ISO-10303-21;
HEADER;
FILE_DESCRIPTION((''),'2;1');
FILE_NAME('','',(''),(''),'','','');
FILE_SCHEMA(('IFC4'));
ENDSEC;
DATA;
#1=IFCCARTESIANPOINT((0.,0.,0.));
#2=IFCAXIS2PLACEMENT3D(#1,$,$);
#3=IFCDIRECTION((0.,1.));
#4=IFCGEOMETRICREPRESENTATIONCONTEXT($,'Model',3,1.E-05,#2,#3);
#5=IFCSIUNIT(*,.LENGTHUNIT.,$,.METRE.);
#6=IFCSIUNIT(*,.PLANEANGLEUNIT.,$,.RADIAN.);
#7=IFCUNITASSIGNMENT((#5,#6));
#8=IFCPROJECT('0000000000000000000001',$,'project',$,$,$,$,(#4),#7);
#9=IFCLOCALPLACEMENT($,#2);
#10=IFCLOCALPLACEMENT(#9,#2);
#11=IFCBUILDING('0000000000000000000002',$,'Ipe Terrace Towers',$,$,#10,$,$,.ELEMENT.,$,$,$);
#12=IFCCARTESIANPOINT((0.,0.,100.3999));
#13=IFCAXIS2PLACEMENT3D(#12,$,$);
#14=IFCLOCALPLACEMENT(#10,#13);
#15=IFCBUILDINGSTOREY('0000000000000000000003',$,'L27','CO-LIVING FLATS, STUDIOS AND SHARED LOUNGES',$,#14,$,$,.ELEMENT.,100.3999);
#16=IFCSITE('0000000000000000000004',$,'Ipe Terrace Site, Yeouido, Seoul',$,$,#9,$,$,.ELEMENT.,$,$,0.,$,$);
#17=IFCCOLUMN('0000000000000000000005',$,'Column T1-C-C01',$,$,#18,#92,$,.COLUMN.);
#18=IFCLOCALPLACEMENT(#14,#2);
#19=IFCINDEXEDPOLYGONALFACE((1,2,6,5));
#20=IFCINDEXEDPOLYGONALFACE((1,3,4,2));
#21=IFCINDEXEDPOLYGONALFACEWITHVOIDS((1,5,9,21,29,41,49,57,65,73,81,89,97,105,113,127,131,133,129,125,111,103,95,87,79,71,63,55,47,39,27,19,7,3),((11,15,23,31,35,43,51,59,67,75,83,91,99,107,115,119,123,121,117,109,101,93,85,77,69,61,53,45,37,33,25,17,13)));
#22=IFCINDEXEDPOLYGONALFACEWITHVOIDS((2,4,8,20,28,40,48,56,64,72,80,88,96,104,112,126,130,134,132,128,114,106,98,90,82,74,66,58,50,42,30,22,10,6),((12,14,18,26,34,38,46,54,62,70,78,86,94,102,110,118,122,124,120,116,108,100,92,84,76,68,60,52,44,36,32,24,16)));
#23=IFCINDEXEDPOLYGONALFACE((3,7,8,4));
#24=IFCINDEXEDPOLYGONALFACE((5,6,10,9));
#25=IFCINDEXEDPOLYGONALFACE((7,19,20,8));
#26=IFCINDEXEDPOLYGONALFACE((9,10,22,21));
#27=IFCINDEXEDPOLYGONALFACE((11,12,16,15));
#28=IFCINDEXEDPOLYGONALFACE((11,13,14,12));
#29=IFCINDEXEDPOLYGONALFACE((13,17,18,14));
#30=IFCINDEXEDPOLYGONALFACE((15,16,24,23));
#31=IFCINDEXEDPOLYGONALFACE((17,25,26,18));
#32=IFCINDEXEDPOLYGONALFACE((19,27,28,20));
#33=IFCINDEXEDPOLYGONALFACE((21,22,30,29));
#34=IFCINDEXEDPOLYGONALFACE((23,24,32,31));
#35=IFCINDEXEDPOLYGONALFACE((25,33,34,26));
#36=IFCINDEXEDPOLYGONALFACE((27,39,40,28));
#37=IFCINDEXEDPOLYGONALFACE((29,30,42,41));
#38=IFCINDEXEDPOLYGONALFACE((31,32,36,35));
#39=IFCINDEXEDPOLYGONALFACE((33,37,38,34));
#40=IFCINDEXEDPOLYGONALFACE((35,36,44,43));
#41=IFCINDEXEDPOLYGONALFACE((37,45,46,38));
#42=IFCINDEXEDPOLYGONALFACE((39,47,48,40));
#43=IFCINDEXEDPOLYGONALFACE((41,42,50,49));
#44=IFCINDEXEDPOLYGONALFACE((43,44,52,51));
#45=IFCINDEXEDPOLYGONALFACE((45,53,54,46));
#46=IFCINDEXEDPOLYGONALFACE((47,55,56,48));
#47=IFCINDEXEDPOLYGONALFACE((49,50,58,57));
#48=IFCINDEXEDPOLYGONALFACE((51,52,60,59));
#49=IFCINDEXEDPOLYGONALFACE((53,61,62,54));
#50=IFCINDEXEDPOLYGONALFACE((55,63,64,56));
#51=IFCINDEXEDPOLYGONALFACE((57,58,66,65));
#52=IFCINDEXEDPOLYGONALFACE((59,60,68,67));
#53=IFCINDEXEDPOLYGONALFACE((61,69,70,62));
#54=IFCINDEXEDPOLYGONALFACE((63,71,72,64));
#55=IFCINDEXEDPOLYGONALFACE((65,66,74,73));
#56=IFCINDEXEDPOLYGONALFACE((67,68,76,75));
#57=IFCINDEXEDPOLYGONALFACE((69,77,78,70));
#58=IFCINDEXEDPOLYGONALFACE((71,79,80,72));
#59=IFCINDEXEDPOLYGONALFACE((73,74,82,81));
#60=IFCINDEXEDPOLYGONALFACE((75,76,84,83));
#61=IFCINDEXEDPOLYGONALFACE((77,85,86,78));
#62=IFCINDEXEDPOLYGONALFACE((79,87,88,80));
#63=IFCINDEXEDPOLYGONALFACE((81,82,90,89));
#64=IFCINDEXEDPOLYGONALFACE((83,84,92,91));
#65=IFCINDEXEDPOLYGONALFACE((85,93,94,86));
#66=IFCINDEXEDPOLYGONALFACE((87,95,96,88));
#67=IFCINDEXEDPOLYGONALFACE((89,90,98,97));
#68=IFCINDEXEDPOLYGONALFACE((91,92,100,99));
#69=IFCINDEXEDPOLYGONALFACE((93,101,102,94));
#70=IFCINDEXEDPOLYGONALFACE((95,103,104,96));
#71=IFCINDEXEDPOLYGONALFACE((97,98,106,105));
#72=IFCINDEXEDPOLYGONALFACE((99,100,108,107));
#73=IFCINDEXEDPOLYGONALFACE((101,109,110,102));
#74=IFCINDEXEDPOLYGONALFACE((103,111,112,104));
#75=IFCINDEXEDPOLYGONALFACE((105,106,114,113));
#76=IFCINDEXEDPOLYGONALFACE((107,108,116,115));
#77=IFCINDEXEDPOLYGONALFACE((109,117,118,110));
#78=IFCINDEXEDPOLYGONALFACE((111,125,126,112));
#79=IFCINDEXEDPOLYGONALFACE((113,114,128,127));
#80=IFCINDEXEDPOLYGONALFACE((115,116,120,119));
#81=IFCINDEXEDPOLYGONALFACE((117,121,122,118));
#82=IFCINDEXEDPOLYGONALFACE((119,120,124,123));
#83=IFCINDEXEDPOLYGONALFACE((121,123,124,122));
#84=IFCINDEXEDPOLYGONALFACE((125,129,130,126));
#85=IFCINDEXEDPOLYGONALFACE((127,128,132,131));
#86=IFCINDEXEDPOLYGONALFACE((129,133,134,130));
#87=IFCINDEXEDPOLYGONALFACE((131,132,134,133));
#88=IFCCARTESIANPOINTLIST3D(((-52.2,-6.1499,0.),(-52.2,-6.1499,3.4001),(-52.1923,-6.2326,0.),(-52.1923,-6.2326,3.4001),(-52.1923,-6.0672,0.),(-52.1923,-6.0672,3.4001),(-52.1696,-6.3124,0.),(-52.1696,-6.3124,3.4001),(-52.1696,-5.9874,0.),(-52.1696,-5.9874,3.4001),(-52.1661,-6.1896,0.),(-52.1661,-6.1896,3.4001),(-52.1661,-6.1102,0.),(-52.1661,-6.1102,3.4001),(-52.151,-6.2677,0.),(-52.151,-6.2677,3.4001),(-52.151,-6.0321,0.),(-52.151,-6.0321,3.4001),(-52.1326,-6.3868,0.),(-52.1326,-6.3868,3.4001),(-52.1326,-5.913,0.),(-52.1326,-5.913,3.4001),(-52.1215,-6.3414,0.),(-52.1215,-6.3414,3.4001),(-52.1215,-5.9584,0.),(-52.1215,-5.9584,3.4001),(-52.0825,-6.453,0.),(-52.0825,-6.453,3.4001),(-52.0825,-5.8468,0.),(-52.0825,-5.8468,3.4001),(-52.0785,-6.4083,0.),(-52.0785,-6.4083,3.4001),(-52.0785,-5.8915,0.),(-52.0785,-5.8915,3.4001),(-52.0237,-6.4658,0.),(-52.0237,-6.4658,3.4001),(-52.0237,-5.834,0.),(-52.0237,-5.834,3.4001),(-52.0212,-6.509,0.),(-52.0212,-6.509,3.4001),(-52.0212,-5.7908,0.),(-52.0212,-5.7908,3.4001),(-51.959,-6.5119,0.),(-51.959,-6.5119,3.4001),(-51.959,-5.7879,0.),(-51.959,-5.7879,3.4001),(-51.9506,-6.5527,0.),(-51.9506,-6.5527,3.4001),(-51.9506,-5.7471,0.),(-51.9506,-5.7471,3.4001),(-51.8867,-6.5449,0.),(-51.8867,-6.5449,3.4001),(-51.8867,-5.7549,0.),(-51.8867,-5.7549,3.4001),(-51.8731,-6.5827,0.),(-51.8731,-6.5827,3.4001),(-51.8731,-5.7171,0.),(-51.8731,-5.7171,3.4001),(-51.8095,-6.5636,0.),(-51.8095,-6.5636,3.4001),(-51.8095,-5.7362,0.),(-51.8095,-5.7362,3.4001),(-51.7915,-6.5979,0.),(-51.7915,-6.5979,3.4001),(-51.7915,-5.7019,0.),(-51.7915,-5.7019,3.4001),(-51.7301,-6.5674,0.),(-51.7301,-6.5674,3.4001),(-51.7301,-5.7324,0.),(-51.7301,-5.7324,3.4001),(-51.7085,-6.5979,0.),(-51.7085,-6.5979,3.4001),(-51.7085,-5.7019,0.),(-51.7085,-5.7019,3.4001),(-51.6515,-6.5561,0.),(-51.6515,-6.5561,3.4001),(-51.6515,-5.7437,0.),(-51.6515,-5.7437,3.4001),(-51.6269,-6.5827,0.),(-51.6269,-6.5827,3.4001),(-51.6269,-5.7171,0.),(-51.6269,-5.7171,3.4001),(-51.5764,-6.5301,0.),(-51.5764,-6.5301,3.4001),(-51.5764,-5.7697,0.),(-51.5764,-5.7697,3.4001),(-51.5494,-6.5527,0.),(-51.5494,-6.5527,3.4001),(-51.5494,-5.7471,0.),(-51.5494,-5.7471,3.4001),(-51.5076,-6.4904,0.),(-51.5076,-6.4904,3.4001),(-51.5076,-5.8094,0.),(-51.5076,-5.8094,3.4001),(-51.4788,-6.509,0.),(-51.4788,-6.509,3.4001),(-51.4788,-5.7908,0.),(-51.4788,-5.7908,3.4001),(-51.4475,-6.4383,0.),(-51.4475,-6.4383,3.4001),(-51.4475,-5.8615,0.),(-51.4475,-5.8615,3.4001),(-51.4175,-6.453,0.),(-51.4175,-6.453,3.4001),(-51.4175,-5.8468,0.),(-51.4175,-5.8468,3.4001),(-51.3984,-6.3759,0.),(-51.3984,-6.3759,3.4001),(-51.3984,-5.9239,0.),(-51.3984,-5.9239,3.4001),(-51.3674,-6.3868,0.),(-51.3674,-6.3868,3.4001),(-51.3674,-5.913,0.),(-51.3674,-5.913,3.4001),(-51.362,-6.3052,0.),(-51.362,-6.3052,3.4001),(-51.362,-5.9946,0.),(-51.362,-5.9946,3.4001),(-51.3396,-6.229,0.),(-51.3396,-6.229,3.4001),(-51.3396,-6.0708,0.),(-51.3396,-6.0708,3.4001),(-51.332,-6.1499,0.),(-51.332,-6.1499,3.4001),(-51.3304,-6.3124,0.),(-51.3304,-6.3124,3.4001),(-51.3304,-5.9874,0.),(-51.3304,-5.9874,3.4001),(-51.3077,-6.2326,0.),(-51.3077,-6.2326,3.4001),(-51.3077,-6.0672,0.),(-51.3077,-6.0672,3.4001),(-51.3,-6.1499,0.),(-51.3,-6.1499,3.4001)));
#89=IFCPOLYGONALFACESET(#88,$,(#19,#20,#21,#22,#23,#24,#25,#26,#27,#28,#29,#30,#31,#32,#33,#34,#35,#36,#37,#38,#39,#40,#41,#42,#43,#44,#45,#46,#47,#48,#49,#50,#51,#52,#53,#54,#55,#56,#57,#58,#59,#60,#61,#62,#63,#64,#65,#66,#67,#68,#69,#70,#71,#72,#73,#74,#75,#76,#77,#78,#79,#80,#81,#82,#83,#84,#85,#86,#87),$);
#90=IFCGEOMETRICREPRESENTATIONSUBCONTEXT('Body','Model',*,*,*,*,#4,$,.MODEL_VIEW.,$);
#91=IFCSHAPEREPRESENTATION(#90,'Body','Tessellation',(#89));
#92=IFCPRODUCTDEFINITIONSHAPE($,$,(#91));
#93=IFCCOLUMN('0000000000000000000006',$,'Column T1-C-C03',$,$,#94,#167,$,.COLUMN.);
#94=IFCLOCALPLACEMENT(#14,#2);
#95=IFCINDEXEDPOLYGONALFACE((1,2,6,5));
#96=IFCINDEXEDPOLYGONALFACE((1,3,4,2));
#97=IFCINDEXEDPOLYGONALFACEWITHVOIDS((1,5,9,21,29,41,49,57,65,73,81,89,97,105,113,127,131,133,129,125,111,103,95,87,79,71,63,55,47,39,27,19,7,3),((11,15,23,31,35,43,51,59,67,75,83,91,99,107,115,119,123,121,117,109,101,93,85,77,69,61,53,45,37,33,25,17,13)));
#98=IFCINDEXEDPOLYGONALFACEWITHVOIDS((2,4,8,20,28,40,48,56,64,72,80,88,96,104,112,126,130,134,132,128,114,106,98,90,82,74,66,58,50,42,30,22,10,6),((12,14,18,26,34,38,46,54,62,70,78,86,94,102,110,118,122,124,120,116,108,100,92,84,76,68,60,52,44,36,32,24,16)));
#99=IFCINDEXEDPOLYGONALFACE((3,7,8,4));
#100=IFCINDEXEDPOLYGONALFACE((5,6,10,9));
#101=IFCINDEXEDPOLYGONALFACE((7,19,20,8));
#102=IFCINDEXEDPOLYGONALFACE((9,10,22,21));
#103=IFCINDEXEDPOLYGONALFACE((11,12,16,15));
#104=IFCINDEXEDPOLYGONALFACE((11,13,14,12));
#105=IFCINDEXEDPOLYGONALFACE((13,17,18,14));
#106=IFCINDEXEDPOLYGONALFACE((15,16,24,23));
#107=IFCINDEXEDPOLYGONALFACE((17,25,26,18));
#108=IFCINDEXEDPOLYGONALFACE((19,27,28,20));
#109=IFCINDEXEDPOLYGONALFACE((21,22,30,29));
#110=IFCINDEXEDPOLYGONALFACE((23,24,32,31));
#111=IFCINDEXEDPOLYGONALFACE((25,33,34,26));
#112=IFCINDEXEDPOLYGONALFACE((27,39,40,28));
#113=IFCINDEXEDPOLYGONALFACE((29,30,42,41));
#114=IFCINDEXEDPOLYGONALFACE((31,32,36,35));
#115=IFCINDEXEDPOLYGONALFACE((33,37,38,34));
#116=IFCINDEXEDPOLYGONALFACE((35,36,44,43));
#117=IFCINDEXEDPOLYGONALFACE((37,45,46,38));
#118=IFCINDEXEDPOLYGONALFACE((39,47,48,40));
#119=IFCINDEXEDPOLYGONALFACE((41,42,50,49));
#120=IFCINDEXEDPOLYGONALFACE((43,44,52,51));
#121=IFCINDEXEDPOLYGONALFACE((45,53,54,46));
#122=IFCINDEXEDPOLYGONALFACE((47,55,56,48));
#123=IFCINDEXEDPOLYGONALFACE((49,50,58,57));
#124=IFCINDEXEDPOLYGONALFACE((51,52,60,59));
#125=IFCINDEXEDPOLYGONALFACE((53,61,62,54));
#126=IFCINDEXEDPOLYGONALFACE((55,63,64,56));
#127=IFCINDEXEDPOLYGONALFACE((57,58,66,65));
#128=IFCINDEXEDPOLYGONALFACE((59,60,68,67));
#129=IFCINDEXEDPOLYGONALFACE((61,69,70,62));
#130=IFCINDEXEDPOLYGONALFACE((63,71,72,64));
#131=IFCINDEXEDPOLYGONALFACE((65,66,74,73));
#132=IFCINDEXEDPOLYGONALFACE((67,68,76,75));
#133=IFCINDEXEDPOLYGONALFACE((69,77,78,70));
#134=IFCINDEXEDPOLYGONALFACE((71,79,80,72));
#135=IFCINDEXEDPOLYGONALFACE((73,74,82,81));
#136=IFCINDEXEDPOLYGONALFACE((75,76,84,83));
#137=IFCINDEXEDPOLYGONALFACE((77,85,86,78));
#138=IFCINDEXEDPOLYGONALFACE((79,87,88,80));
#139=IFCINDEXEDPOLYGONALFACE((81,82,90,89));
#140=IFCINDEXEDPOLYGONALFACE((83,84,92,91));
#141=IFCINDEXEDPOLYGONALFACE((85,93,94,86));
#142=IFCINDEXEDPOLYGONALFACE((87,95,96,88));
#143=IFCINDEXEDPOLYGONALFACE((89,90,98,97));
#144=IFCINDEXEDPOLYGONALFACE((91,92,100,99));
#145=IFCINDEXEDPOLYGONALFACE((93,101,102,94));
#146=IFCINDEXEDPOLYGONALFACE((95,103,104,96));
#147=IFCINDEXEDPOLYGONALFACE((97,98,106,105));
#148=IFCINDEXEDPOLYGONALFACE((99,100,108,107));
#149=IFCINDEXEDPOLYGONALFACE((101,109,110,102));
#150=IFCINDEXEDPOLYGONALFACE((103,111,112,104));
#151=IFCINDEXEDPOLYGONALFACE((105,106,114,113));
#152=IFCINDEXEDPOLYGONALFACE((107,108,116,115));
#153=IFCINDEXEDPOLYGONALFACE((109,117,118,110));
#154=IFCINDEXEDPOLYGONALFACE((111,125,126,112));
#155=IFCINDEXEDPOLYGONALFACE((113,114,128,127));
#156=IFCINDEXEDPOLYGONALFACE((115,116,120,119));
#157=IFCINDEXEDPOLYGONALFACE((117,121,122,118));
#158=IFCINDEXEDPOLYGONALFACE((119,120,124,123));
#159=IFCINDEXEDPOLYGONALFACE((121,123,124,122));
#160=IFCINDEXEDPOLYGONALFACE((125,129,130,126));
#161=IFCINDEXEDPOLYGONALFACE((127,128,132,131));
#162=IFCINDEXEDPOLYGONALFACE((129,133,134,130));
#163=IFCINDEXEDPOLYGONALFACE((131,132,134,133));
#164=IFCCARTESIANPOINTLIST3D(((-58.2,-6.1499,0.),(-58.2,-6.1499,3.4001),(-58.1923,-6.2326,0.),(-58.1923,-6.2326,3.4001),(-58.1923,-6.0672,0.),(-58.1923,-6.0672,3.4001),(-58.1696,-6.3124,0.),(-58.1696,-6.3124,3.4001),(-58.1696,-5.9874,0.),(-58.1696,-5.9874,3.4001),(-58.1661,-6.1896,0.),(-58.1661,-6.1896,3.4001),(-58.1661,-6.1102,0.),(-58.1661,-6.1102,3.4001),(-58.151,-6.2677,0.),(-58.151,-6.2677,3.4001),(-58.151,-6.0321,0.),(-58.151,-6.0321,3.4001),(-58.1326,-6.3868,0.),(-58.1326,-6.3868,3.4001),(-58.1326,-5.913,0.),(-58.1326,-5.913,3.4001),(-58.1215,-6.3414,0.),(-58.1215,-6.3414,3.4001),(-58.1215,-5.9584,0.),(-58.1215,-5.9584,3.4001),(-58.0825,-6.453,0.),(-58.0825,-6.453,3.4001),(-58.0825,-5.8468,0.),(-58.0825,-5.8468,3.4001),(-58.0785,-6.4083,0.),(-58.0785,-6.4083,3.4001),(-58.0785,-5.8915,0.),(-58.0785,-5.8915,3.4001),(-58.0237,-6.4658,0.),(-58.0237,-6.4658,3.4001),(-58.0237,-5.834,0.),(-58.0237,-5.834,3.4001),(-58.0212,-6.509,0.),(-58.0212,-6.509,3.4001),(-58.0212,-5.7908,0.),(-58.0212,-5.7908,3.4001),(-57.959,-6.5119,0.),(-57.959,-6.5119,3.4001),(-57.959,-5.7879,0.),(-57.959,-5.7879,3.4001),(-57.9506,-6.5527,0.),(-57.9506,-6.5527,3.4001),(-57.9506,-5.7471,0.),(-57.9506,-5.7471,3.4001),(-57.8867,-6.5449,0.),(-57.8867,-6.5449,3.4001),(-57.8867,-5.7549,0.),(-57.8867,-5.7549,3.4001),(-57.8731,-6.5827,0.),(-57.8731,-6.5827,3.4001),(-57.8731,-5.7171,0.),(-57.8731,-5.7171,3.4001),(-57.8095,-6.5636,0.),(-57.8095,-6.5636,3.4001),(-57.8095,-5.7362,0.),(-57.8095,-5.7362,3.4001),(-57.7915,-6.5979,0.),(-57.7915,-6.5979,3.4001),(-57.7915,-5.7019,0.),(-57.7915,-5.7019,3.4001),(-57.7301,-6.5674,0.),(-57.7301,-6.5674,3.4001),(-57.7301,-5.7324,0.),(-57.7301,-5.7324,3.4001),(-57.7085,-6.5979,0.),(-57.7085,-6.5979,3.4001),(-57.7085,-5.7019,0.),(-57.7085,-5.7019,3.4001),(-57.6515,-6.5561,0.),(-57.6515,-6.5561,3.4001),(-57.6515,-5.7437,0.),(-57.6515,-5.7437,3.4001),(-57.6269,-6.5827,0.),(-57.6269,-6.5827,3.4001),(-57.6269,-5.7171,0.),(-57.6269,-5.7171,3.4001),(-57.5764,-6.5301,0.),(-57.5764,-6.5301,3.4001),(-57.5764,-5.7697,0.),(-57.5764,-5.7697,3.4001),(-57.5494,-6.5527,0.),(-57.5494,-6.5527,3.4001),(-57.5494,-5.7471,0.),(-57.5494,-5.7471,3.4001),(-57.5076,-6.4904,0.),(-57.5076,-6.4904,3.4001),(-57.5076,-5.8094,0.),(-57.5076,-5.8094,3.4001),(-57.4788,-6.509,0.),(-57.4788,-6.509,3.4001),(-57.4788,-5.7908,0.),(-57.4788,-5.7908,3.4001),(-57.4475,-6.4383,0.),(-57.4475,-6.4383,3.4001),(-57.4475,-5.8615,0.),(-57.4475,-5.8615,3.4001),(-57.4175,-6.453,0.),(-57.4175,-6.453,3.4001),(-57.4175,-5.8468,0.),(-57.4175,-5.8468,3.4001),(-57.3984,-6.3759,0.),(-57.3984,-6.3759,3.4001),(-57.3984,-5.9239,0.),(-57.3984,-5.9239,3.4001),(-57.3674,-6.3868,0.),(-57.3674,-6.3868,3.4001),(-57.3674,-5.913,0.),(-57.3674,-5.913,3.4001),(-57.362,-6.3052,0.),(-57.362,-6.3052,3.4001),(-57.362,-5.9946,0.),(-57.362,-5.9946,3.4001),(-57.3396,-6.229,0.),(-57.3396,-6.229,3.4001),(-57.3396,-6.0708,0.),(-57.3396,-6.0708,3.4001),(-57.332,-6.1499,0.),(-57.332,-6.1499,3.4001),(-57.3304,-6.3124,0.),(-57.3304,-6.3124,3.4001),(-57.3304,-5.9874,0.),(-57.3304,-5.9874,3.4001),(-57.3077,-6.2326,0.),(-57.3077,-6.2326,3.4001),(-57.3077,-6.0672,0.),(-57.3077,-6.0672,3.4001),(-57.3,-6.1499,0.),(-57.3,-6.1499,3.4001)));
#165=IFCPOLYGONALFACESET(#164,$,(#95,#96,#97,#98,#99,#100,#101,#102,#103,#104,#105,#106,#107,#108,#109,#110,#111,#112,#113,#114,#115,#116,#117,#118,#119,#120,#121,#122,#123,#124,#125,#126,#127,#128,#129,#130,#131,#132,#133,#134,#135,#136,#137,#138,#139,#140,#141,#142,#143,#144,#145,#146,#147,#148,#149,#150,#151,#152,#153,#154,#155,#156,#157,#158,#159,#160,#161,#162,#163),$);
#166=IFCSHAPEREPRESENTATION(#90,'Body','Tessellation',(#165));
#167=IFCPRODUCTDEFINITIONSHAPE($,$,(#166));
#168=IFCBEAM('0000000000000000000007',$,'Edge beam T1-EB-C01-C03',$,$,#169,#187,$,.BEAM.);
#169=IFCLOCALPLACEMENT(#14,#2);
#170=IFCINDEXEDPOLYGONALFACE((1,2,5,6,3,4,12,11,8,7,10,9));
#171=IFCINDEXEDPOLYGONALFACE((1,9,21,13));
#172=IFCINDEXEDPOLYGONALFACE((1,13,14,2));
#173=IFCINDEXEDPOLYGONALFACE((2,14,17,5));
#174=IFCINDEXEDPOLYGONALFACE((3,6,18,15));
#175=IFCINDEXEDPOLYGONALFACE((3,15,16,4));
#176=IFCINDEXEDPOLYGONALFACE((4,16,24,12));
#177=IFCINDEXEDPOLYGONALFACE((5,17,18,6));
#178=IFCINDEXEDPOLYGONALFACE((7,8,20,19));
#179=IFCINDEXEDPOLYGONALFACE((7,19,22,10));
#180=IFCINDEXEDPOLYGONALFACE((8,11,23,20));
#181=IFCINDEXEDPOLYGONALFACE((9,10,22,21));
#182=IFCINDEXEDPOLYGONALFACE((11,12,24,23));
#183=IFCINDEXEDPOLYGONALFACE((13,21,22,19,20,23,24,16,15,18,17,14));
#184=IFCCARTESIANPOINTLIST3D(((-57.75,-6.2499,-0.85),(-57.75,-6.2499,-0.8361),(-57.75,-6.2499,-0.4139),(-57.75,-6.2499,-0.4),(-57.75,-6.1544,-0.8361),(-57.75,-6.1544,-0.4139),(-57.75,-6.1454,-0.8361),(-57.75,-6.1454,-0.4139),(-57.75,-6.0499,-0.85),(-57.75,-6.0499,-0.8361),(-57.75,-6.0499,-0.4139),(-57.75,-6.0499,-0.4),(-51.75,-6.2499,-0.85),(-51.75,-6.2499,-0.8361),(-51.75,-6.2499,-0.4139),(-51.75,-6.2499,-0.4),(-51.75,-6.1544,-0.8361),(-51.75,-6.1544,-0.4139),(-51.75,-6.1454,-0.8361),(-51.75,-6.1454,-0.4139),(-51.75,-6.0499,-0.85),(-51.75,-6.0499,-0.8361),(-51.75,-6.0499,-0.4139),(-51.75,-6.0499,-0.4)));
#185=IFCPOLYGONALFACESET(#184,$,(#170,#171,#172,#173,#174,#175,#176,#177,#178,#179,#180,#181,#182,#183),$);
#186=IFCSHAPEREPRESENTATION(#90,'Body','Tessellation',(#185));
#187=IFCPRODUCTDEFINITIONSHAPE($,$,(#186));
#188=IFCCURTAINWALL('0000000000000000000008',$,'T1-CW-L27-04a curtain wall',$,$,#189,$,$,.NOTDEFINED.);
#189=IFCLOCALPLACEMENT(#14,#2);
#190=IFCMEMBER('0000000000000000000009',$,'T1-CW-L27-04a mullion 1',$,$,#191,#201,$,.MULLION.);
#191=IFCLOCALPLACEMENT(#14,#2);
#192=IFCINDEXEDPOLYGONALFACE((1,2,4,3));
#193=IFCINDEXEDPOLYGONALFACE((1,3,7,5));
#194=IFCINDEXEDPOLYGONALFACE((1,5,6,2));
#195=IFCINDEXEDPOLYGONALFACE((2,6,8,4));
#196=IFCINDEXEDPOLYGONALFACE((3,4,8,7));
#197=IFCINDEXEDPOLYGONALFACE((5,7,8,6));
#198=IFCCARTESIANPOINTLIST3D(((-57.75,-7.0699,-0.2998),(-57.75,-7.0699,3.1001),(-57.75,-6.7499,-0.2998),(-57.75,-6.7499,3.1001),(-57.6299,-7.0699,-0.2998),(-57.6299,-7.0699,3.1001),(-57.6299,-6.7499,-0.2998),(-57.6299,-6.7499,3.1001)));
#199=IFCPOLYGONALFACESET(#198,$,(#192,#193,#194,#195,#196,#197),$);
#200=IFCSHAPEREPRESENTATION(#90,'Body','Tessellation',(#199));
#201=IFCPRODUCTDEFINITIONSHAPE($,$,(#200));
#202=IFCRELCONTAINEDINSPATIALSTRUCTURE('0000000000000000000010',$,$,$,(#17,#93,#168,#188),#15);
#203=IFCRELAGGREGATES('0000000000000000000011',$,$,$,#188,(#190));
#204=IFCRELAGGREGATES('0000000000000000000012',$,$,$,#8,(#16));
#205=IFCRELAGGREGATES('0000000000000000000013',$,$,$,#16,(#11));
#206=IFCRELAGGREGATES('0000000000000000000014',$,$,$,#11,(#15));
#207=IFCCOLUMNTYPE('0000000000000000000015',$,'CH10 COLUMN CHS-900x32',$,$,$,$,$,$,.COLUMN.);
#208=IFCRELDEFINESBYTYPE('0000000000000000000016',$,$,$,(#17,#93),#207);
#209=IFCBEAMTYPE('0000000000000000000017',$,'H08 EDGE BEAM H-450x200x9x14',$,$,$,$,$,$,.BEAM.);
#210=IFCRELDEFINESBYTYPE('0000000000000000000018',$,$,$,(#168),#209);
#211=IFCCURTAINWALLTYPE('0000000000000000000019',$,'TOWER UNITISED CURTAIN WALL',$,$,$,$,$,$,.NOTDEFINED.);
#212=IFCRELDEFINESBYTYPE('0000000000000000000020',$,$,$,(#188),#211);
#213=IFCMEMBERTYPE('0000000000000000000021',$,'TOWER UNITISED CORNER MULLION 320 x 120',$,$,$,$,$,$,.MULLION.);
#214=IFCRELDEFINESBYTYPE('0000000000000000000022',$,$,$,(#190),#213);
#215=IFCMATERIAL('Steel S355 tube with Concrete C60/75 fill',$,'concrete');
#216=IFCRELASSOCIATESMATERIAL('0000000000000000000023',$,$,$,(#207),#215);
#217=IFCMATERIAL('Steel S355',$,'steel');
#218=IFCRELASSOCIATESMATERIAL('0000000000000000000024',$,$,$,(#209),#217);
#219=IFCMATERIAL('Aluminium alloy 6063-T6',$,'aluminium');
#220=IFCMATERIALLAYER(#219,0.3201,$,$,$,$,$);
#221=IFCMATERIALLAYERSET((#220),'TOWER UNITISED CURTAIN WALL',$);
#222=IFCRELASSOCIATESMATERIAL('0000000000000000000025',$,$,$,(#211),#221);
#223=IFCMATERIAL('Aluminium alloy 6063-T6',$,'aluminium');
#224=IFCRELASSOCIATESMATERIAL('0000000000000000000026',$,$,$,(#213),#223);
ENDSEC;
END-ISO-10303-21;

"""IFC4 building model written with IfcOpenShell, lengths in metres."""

from ifc_helpers import new_model, si_unit, direction, frame, origin, origin_2d, place, context, subcontext, project, spatial, rectangle, hollow_circle, i_section, extrude, material, layer, layer_set, material_profile, profile_set, type_object, element, aggregate, save


model = new_model("IFC4")

# Units and contexts
model_context = context("Model", 3, precision=1e-05, world=origin(), true_north=direction((0.0, 1.0)))
body_context = subcontext(model_context, "Body", "Model", "MODEL_VIEW")
ifc_project = project(units=[si_unit("LENGTHUNIT", "METRE"), si_unit("PLANEANGLEUNIT", "RADIAN")], contexts=[model_context])

# Site, building, storey
site_placement = place(None, origin())
site = spatial("IfcSite", under=ifc_project, at=site_placement, Name="Ipe Terrace Site, Yeouido, Seoul", CompositionType="ELEMENT", RefElevation=0.0)
building_placement = place(site_placement, origin())
building = spatial("IfcBuilding", under=site, at=building_placement, Name="Ipe Terrace Towers", CompositionType="ELEMENT")
storey_placement = place(building_placement, frame((0.0, 0.0, 100.3999)))
storey = spatial("IfcBuildingStorey", under=building, at=storey_placement, Name="L27", Description="CO-LIVING FLATS, STUDIOS AND SHARED LOUNGES", CompositionType="ELEMENT", Elevation=100.3999)

# Columns
ifc_material_1 = material(Name="Steel S355 tube with Concrete C60/75 fill", Category="concrete")
ifc_material_profile_1 = material_profile(ifc_material_1, hollow_circle(Radius=0.45, WallThickness=0.032, at=origin_2d()), Name="CHS-900x32")
ifc_profile_set_1 = profile_set([ifc_material_profile_1], Name="Steel S355 tube with Concrete C60/75 fill")
column_type = type_object("IfcColumnType", Name="CH10 COLUMN CHS-900x32", PredefinedType="COLUMN", material=ifc_profile_set_1)
for number, where, z_axis, x_axis, name in (
    (1, (-51.75, -6.1499, 0.0), (0.0, 0.0, 1.0), (1.0, 0.0, 0.0), "Column T1-C-C01"),
    (2, (-57.75, -6.1499, 0.0), (0.0, 0.0, 1.0), (1.0, 0.0, 0.0), "Column T1-C-C03"),
):
    element("IfcColumn", number, at=place(storey_placement, frame(where, z_axis=z_axis, x_axis=x_axis)), inside=storey, type_object=column_type, Name=name, PredefinedType="COLUMN", context=body_context, shape_type="SweptSolid", body=[
        extrude(hollow_circle(Radius=0.45, WallThickness=0.032, at=origin_2d()), origin(), (0.0, 0.0, 1.0), 3.4001),
    ])

# Beam
ifc_material_2 = material(Name="Steel S355", Category="steel")
ifc_material_profile_2 = material_profile(ifc_material_2, i_section(OverallWidth=0.2, OverallDepth=0.45, WebThickness=0.009, FlangeThickness=0.0139, at=origin_2d()), Name="H-450x200x9x14")
ifc_profile_set_2 = profile_set([ifc_material_profile_2], Name="Steel S355")
beam_type = type_object("IfcBeamType", Name="H08 EDGE BEAM H-450x200x9x14", PredefinedType="BEAM", material=ifc_profile_set_2)
beam_placement = place(storey_placement, frame((-51.75, -6.1499, -0.625), z_axis=(-1.0, 0.0, 0.0), x_axis=(0.0, -1.0, 0.0)))
element("IfcBeam", 3, at=beam_placement, inside=storey, type_object=beam_type, Name="Edge beam T1-EB-C01-C03", PredefinedType="BEAM", context=body_context, shape_type="SweptSolid", body=[
    extrude(i_section(OverallWidth=0.2, OverallDepth=0.45, WebThickness=0.009, FlangeThickness=0.0139, at=origin_2d()), origin(), (0.0, 0.0, 1.0), 6.0),
])

# Curtain wall, member
ifc_material_3 = material(Name="Aluminium alloy 6063-T6", Category="aluminium")
ifc_layer_1 = layer(ifc_material_3, 0.3201)
ifc_layer_set_1 = layer_set([ifc_layer_1], Name="TOWER UNITISED CURTAIN WALL")
curtain_wall_type = type_object("IfcCurtainWallType", Name="TOWER UNITISED CURTAIN WALL", PredefinedType="NOTDEFINED", material=ifc_layer_set_1)
curtain_wall_1_placement = place(storey_placement, origin())
curtain_wall_1 = element("IfcCurtainWall", 4, at=curtain_wall_1_placement, inside=storey, type_object=curtain_wall_type, Name="T1-CW-L27-04a curtain wall", PredefinedType="NOTDEFINED")
ifc_material_4 = material(Name="Aluminium alloy 6063-T6", Category="aluminium")
ifc_material_profile_3 = material_profile(ifc_material_4, rectangle(XDim=0.3201, YDim=0.1201, at=origin_2d()), Name="TOWER UNITISED CORNER MULLION 320 x 120")
ifc_profile_set_3 = profile_set([ifc_material_profile_3], Name="Aluminium alloy 6063-T6")
member_type = type_object("IfcMemberType", Name="TOWER UNITISED CORNER MULLION 320 x 120", PredefinedType="MULLION", material=ifc_profile_set_3)
member_1_placement = place(storey_placement, frame((-57.6899, -6.9099, -0.2998), z_axis=(0.0, 0.0, 1.0), x_axis=(0.0, -1.0, 0.0)))
member_1 = element("IfcMember", 5, at=member_1_placement, type_object=member_type, Name="T1-CW-L27-04a mullion 1", PredefinedType="MULLION", context=body_context, shape_type="SweptSolid", body=[
    extrude(rectangle(XDim=0.3201, YDim=0.1201, at=origin_2d()), origin(), (0.0, 0.0, 1.0), 3.3999),
])

aggregate(curtain_wall_1, [member_1])

save(model, "model.ifc")
